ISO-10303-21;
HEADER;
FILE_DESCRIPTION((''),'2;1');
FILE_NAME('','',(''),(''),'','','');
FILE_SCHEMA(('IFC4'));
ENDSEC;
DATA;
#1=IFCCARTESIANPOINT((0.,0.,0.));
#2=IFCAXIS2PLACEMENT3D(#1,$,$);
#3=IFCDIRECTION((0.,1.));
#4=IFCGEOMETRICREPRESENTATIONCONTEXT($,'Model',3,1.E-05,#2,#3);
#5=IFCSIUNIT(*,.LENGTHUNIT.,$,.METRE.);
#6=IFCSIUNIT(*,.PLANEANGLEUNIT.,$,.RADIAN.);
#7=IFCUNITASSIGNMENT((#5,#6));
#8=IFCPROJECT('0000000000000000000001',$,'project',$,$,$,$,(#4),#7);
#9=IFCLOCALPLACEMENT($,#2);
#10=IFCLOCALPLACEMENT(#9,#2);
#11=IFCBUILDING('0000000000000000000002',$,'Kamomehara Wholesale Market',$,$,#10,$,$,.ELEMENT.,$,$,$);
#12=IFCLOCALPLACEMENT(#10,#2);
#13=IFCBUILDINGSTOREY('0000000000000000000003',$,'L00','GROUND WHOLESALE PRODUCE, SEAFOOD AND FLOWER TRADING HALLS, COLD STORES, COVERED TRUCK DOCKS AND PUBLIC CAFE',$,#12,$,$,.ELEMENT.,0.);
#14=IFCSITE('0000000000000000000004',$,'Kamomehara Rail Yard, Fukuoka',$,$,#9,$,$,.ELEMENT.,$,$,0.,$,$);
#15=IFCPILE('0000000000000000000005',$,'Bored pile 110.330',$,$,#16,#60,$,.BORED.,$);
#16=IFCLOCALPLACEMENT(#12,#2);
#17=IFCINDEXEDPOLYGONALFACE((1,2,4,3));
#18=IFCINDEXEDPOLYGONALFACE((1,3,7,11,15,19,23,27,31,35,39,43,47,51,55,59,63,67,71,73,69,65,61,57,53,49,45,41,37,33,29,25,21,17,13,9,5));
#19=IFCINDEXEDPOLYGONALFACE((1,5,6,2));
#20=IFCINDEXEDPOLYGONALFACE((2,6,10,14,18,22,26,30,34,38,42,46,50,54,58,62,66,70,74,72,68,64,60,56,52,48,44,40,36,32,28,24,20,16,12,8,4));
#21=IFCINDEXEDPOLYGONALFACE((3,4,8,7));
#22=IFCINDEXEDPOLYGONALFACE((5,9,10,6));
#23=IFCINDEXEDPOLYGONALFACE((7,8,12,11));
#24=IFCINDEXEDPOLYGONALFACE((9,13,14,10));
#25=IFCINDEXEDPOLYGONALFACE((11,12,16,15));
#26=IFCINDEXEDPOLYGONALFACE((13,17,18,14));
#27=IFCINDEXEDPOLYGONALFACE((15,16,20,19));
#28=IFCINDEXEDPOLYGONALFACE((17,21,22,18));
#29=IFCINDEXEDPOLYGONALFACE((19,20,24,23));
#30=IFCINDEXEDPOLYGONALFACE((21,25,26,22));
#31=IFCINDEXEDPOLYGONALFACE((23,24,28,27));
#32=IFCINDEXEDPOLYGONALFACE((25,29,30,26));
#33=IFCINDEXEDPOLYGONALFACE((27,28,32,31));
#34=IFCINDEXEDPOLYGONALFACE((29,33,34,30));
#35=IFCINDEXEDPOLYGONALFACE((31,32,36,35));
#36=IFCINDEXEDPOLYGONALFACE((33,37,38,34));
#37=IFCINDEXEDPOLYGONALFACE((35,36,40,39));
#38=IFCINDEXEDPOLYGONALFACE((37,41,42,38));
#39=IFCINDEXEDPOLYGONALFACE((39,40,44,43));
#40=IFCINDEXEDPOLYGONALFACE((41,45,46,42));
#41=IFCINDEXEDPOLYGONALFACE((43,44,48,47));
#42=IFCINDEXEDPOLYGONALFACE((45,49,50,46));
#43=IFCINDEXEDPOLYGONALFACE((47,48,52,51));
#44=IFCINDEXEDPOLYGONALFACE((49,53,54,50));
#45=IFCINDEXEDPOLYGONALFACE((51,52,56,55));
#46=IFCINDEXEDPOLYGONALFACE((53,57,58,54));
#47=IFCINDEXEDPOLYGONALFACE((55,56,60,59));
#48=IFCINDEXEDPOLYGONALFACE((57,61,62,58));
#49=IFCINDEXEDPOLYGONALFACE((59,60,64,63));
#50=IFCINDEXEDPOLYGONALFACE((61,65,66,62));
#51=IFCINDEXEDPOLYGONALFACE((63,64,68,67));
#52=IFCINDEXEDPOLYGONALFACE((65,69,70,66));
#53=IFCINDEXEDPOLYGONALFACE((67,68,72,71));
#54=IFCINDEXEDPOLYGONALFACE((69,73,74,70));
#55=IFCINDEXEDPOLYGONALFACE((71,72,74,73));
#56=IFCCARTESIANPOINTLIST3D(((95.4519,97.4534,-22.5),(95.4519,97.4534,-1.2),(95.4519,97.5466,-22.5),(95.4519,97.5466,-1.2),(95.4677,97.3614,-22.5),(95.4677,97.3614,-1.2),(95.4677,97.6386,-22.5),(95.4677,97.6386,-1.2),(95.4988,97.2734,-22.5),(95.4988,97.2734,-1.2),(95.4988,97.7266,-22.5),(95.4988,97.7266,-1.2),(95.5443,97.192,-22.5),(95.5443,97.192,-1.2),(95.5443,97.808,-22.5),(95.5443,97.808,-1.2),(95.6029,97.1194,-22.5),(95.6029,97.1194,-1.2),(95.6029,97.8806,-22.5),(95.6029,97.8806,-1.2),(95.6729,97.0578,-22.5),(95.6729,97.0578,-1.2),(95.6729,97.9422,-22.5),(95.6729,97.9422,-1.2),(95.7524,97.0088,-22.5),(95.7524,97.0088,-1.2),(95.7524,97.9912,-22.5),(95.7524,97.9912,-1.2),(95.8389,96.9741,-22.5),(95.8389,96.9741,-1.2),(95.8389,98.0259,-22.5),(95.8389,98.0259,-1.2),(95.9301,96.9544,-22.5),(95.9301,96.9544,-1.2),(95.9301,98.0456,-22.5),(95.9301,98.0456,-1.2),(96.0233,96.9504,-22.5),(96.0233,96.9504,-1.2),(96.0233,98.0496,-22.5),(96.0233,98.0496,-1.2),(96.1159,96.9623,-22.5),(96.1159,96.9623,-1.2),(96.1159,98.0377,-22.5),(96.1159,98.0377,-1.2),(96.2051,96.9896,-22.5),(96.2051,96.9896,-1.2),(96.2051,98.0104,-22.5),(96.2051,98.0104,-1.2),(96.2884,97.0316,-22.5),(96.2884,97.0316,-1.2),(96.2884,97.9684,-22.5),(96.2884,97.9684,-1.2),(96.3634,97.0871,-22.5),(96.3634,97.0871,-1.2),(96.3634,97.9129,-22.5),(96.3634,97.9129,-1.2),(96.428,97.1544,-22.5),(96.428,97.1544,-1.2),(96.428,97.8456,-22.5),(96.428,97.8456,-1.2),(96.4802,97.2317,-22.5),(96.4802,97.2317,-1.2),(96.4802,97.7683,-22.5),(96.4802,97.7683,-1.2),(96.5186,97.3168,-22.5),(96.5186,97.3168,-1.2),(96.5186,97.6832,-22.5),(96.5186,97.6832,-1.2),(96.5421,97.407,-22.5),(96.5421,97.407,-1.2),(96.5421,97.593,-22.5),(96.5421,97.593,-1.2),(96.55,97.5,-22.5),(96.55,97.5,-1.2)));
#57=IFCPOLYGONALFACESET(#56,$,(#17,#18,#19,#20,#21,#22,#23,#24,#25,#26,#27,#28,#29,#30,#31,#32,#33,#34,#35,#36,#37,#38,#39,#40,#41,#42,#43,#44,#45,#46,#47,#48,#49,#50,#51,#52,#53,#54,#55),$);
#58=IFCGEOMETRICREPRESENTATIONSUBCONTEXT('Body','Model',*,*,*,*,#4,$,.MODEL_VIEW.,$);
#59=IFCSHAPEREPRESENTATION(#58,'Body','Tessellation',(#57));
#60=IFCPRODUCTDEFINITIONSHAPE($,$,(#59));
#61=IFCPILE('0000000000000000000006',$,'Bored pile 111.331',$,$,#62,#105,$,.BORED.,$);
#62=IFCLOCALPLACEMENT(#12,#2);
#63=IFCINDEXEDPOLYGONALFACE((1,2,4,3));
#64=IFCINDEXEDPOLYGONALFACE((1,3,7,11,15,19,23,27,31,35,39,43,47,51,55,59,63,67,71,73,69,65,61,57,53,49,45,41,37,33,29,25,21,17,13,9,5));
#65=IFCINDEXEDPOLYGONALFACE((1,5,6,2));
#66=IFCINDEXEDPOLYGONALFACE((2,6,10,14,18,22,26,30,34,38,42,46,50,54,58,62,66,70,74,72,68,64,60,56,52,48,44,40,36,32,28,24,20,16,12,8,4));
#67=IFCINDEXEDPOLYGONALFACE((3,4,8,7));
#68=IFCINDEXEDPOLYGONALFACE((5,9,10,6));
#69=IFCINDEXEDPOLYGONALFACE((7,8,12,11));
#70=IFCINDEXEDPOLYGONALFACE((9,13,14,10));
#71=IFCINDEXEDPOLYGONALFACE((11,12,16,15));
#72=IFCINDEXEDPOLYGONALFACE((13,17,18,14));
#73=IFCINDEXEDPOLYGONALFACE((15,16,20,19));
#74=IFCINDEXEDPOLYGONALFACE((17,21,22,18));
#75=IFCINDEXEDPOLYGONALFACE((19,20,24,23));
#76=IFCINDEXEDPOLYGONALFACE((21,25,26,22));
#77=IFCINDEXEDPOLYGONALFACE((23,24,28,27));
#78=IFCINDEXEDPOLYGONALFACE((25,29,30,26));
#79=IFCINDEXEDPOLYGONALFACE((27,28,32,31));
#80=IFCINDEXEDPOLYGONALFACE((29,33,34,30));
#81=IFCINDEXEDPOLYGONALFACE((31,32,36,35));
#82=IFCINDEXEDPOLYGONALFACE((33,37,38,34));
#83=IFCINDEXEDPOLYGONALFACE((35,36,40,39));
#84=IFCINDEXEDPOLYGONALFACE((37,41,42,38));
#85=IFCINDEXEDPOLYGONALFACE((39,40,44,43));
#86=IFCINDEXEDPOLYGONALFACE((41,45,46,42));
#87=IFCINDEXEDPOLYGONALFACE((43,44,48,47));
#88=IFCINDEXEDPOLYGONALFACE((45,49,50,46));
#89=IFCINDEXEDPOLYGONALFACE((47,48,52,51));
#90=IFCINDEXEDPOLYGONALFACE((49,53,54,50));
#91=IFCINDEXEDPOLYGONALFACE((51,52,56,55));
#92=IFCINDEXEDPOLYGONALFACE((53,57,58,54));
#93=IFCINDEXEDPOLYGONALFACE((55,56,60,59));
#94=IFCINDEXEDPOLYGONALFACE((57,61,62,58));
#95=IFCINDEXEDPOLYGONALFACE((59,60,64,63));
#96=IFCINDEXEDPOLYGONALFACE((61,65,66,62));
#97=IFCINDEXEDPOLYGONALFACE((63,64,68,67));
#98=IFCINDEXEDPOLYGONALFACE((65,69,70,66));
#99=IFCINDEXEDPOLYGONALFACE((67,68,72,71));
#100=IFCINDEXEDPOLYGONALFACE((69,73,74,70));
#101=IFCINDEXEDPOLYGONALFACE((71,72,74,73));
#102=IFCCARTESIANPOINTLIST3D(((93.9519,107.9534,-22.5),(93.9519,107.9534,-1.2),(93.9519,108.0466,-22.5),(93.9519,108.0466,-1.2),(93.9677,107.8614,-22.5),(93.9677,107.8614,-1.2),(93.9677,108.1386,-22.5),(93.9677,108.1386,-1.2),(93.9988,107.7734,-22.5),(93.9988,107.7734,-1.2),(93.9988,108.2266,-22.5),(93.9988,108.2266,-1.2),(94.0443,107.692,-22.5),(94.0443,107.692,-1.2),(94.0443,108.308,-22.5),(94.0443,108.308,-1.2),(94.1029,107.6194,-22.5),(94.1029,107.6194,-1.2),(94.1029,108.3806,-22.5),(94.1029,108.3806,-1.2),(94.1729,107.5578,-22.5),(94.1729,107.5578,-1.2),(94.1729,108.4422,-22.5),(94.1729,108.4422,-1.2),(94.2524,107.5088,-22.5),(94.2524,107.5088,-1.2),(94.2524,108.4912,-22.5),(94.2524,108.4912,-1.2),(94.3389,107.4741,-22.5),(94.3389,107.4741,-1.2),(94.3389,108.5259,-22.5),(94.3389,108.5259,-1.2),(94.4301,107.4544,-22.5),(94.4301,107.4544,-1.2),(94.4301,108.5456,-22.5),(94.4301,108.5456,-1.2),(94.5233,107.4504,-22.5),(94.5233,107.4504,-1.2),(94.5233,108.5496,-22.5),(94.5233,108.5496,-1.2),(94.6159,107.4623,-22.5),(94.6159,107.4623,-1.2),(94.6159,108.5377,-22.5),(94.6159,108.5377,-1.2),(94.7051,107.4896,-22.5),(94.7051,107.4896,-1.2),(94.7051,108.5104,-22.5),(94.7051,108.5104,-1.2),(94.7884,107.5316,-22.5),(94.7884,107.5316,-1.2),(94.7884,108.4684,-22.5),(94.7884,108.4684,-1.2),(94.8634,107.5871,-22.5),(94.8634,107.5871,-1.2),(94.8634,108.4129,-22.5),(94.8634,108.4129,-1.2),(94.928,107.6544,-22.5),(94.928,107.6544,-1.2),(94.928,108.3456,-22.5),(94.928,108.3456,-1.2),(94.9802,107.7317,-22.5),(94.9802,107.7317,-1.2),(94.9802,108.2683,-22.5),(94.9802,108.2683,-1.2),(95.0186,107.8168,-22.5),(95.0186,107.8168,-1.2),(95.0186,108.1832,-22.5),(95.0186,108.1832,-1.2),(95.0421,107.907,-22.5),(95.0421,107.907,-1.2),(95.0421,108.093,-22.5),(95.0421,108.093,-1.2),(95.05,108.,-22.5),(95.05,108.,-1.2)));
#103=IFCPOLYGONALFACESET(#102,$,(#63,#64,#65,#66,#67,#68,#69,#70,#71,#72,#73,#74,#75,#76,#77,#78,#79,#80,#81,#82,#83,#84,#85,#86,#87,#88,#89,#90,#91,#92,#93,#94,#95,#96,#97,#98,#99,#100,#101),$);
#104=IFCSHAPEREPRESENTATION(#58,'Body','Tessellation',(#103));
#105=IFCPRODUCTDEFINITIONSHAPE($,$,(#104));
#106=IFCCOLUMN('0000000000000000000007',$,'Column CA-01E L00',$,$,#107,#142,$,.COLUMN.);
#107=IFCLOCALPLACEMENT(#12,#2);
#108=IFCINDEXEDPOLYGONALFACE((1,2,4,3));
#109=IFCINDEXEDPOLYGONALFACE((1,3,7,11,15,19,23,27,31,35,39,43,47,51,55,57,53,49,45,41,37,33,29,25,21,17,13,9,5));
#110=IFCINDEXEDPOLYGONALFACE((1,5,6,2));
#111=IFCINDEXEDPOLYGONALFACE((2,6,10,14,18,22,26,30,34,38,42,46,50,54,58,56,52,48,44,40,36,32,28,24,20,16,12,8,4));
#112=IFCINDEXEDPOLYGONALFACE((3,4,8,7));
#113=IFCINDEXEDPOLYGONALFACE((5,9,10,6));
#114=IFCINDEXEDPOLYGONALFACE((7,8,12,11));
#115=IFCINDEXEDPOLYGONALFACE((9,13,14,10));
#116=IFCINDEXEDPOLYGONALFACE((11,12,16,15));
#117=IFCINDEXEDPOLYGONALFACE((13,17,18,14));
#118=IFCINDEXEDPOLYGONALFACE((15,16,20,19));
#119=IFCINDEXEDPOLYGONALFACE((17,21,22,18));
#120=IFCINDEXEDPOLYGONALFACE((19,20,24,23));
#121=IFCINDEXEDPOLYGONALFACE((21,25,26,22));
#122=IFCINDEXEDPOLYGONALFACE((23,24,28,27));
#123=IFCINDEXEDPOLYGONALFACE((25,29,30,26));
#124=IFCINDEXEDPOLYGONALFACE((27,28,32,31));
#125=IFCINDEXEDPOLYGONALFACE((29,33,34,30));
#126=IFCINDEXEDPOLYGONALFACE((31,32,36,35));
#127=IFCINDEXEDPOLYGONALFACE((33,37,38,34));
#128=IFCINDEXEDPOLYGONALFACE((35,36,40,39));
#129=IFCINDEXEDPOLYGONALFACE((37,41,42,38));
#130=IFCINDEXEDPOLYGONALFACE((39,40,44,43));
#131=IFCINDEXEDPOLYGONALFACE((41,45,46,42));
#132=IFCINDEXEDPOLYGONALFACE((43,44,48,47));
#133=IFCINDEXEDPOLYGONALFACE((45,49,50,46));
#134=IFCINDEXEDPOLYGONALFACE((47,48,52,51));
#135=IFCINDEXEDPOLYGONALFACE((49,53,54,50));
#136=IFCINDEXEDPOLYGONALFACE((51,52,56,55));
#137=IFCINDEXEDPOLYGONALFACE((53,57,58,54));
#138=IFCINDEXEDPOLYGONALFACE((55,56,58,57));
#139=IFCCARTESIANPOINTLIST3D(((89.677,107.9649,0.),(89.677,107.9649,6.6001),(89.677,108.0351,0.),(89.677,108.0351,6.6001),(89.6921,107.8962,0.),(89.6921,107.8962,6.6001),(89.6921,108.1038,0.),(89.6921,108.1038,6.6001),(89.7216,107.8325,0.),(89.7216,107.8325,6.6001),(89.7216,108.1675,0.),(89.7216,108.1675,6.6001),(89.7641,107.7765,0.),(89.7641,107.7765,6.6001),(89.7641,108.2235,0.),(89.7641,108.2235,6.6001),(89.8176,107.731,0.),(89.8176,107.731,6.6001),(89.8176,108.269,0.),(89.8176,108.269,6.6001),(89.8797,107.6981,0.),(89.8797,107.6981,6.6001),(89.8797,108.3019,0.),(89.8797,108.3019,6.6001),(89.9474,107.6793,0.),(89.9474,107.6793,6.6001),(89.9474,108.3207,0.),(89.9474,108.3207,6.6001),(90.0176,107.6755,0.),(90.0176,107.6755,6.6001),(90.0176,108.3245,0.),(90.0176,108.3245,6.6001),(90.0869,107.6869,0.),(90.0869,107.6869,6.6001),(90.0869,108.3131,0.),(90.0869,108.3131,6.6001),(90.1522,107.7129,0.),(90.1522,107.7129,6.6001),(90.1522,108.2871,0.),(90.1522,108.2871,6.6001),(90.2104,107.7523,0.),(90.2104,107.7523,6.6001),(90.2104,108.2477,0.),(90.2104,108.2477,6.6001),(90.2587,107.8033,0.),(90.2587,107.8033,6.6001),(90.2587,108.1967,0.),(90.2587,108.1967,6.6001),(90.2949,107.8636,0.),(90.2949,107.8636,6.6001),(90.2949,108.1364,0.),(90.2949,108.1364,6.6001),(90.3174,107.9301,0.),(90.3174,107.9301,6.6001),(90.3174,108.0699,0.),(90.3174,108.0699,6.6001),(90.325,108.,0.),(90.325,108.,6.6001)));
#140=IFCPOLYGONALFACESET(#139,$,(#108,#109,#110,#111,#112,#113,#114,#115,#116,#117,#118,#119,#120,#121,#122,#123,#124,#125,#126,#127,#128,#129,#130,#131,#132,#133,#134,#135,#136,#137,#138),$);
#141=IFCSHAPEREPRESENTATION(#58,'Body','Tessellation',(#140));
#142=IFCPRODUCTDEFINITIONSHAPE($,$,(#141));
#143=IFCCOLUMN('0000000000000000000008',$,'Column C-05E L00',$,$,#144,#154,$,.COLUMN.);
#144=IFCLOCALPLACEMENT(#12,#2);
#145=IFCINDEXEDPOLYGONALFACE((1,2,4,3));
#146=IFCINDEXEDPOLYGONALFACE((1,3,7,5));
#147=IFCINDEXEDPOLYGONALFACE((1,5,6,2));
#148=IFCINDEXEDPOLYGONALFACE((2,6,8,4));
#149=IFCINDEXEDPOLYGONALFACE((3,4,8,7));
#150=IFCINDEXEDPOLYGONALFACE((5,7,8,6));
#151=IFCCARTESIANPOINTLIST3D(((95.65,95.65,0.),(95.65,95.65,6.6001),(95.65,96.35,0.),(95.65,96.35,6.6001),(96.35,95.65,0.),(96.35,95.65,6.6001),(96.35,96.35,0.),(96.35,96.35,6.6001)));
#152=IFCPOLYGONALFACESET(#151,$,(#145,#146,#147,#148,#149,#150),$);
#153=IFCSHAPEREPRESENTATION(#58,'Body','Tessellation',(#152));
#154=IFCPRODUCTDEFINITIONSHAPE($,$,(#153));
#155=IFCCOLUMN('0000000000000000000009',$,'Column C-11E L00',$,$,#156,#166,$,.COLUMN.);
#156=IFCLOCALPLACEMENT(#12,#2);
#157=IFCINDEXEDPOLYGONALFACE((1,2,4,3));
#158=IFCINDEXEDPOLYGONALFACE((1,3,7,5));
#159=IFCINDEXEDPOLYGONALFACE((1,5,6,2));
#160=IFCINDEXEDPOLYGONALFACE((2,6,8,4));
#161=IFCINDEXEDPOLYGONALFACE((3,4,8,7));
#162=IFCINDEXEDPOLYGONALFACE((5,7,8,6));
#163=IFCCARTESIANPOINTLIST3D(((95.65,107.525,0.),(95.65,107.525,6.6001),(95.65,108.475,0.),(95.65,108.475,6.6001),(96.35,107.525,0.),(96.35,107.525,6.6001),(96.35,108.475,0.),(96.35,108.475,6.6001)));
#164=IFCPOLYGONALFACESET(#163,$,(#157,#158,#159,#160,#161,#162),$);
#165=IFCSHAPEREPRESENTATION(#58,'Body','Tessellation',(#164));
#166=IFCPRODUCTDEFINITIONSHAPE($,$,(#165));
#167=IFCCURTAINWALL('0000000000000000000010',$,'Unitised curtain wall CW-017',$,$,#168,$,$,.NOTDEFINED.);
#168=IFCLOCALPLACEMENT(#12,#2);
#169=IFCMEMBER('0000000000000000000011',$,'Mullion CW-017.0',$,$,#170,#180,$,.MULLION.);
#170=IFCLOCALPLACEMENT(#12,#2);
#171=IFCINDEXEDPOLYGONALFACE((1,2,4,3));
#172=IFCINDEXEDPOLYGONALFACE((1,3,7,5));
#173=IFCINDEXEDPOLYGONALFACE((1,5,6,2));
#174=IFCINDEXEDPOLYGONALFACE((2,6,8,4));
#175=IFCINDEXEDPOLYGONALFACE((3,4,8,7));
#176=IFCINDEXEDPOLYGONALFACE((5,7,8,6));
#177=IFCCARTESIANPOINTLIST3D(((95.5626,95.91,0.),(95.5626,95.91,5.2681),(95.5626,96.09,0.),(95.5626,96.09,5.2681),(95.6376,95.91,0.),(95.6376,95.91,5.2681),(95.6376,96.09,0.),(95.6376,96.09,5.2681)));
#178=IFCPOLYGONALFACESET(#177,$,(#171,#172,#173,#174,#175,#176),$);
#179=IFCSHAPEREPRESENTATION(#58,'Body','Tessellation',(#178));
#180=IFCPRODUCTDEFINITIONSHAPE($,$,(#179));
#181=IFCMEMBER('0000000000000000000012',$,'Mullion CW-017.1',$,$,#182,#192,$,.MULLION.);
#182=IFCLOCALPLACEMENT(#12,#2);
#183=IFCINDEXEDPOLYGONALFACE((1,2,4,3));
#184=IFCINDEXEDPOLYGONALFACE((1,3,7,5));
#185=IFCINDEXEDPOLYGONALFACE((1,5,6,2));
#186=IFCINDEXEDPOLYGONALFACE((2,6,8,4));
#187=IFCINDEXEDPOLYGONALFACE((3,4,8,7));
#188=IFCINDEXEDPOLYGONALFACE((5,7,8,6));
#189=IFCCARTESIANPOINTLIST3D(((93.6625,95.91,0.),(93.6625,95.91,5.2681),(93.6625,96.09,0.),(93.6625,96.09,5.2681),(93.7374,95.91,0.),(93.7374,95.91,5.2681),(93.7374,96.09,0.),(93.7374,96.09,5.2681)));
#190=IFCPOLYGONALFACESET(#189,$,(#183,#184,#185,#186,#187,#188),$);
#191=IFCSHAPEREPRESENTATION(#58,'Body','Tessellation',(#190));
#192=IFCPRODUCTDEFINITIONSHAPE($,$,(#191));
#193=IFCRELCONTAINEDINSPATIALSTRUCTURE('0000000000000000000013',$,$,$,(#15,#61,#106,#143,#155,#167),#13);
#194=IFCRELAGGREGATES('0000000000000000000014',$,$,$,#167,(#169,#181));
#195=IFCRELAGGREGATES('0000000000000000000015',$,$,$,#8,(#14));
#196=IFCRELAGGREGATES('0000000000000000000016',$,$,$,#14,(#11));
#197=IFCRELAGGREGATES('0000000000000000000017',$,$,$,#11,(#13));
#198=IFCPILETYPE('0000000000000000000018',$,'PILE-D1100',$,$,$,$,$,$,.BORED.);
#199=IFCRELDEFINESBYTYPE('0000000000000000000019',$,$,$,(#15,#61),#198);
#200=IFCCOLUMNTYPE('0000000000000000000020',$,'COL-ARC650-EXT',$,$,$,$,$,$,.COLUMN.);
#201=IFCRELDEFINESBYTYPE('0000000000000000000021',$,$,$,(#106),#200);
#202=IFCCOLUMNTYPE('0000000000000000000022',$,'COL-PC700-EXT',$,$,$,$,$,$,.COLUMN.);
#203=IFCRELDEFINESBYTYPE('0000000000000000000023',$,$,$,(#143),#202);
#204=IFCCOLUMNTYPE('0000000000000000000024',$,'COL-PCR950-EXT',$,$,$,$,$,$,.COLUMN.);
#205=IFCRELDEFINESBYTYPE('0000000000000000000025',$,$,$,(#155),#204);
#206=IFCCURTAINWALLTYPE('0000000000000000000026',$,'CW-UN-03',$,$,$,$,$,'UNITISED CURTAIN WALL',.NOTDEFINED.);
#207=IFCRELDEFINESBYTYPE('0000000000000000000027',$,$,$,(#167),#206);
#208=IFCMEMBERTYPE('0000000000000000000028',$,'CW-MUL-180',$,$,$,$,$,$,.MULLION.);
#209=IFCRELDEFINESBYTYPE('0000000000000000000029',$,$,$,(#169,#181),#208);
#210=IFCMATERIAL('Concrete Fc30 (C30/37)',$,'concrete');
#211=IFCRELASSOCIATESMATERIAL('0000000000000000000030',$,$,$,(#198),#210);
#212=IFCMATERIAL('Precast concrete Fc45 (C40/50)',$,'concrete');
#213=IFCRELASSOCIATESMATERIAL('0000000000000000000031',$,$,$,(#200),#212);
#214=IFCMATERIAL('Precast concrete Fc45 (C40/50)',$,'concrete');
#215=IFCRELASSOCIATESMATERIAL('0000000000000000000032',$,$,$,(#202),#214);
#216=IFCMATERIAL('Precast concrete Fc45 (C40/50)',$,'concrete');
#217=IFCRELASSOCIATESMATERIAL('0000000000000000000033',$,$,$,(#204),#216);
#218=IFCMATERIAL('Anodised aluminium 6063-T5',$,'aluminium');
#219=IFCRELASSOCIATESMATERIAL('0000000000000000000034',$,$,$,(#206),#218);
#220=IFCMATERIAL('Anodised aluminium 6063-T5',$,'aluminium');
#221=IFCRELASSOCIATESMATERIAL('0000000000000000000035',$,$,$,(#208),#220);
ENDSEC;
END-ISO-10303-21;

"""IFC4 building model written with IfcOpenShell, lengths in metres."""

from ifc_helpers import new_model, si_unit, direction, frame, origin, origin_2d, place, context, subcontext, project, spatial, rectangle, circle, extrude, material, material_profile, profile_set, type_object, element, aggregate, save


model = new_model("IFC4")

# Units and contexts
model_context = context("Model", 3, precision=1e-05, world=origin(), true_north=direction((0.0, 1.0)))
body_context = subcontext(model_context, "Body", "Model", "MODEL_VIEW")
ifc_project = project(units=[si_unit("LENGTHUNIT", "METRE"), si_unit("PLANEANGLEUNIT", "RADIAN")], contexts=[model_context])

# Site, building, storey
site_placement = place(None, origin())
site = spatial("IfcSite", under=ifc_project, at=site_placement, Name="Kamomehara Rail Yard, Fukuoka", CompositionType="ELEMENT", RefElevation=0.0)
building_placement = place(site_placement, origin())
building = spatial("IfcBuilding", under=site, at=building_placement, Name="Kamomehara Wholesale Market", CompositionType="ELEMENT")
storey_placement = place(building_placement, origin())
storey = spatial("IfcBuildingStorey", under=building, at=storey_placement, Name="L00", Description="GROUND WHOLESALE PRODUCE, SEAFOOD AND FLOWER TRADING HALLS, COLD STORES, COVERED TRUCK DOCKS AND PUBLIC CAFE", CompositionType="ELEMENT", Elevation=0.0)

# Piles
ifc_material_1 = material(Name="Concrete Fc30 (C30/37)", Category="concrete")
ifc_material_profile_1 = material_profile(ifc_material_1, circle(Radius=0.55, at=origin_2d()), Name="RC-PILE-D1100")
ifc_profile_set_1 = profile_set([ifc_material_profile_1], Name="Concrete Fc30 (C30/37)")
pile_type_1 = type_object("IfcPileType", Name="PILE-D1100", PredefinedType="BORED", material=ifc_profile_set_1)
for number, where, z_axis, x_axis, name in (
    (1, (96.0, 97.5, -1.2), (0.0, 0.0, -1.0), (1.0, 0.0, 0.0), "Bored pile 110.330"),
    (2, (94.5, 108.0, -1.2), (0.0, 0.0, -1.0), (1.0, 0.0, 0.0), "Bored pile 111.331"),
):
    element("IfcPile", number, at=place(storey_placement, frame(where, z_axis=z_axis, x_axis=x_axis)), inside=storey, type_object=pile_type_1, Name=name, PredefinedType="BORED", context=body_context, shape_type="SweptSolid", body=[
        extrude(circle(Radius=0.55, at=origin_2d()), origin(), (0.0, 0.0, 1.0), 21.3),
    ])

# Columns
ifc_material_2 = material(Name="Precast concrete Fc45 (C40/50)", Category="concrete")
ifc_material_profile_2 = material_profile(ifc_material_2, circle(Radius=0.325, at=origin_2d()), Name="PC-ARC-D650")
ifc_profile_set_2 = profile_set([ifc_material_profile_2], Name="Precast concrete Fc45 (C40/50)")
column_type_1 = type_object("IfcColumnType", Name="COL-ARC650-EXT", PredefinedType="COLUMN", material=ifc_profile_set_2)
column_1_placement = place(storey_placement, frame((90.0, 108.0, 0.0), z_axis=(0.0, 0.0, 1.0), x_axis=(1.0, 0.0, 0.0)))
element("IfcColumn", 3, at=column_1_placement, inside=storey, type_object=column_type_1, Name="Column CA-01E L00", PredefinedType="COLUMN", context=body_context, shape_type="SweptSolid", body=[
    extrude(circle(Radius=0.325, at=origin_2d()), origin(), (0.0, 0.0, 1.0), 6.6001),
])
ifc_material_3 = material(Name="Precast concrete Fc45 (C40/50)", Category="concrete")
ifc_material_profile_3 = material_profile(ifc_material_3, rectangle(XDim=0.7, YDim=0.7, at=origin_2d()), Name="PC-COL-700x700")
ifc_profile_set_3 = profile_set([ifc_material_profile_3], Name="Precast concrete Fc45 (C40/50)")
column_type_2 = type_object("IfcColumnType", Name="COL-PC700-EXT", PredefinedType="COLUMN", material=ifc_profile_set_3)
column_2_placement = place(storey_placement, frame((96.0, 96.0, 0.0), z_axis=(0.0, 0.0, 1.0), x_axis=(1.0, 0.0, 0.0)))
element("IfcColumn", 4, at=column_2_placement, inside=storey, type_object=column_type_2, Name="Column C-05E L00", PredefinedType="COLUMN", context=body_context, shape_type="SweptSolid", body=[
    extrude(rectangle(XDim=0.7, YDim=0.7, at=origin_2d()), origin(), (0.0, 0.0, 1.0), 6.6001),
])
ifc_material_4 = material(Name="Precast concrete Fc45 (C40/50)", Category="concrete")
ifc_material_profile_4 = material_profile(ifc_material_4, rectangle(XDim=0.7, YDim=0.95, at=origin_2d()), Name="PC-COL-700x950")
ifc_profile_set_4 = profile_set([ifc_material_profile_4], Name="Precast concrete Fc45 (C40/50)")
column_type_3 = type_object("IfcColumnType", Name="COL-PCR950-EXT", PredefinedType="COLUMN", material=ifc_profile_set_4)
column_3_placement = place(storey_placement, frame((96.0, 108.0, 0.0), z_axis=(0.0, 0.0, 1.0), x_axis=(1.0, 0.0, 0.0)))
element("IfcColumn", 5, at=column_3_placement, inside=storey, type_object=column_type_3, Name="Column C-11E L00", PredefinedType="COLUMN", context=body_context, shape_type="SweptSolid", body=[
    extrude(rectangle(XDim=0.7, YDim=0.95, at=origin_2d()), origin(), (0.0, 0.0, 1.0), 6.6001),
])

# Curtain wall, members
ifc_material_5 = material(Name="Anodised aluminium 6063-T5", Category="aluminium")
curtain_wall_type = type_object("IfcCurtainWallType", Name="CW-UN-03", ElementType="UNITISED CURTAIN WALL", PredefinedType="NOTDEFINED", material=ifc_material_5)
curtain_wall_1_placement = place(storey_placement, origin())
curtain_wall_1 = element("IfcCurtainWall", 6, at=curtain_wall_1_placement, inside=storey, type_object=curtain_wall_type, Name="Unitised curtain wall CW-017", PredefinedType="NOTDEFINED")
ifc_material_6 = material(Name="Anodised aluminium 6063-T5", Category="aluminium")
ifc_material_profile_5 = material_profile(ifc_material_6, rectangle(XDim=0.075, YDim=0.1799, at=origin_2d()), Name="ALU-MUL-75x180")
ifc_profile_set_5 = profile_set([ifc_material_profile_5], Name="Anodised aluminium 6063-T5")
member_type_1 = type_object("IfcMemberType", Name="CW-MUL-180", PredefinedType="MULLION", material=ifc_profile_set_5)
member_1_placement = place(storey_placement, frame((95.6001, 96.0, 0.0), z_axis=(0.0, 0.0, 1.0), x_axis=(-1.0, 0.0, 0.0)))
member_1 = element("IfcMember", 7, at=member_1_placement, type_object=member_type_1, Name="Mullion CW-017.0", PredefinedType="MULLION", context=body_context, shape_type="SweptSolid", body=[
    extrude(rectangle(XDim=0.075, YDim=0.1799, at=origin_2d()), origin(), (0.0, 0.0, 1.0), 5.2681),
])
member_2_placement = place(storey_placement, frame((93.7, 96.0, 0.0), z_axis=(0.0, 0.0, 1.0), x_axis=(-1.0, 0.0, 0.0)))
member_2 = element("IfcMember", 8, at=member_2_placement, type_object=member_type_1, Name="Mullion CW-017.1", PredefinedType="MULLION", context=body_context, shape_type="SweptSolid", body=[
    extrude(rectangle(XDim=0.075, YDim=0.1799, at=origin_2d()), origin(), (0.0, 0.0, 1.0), 5.2681),
])
aggregate(curtain_wall_1, [member_1, member_2])

save(model, "model.ifc")
